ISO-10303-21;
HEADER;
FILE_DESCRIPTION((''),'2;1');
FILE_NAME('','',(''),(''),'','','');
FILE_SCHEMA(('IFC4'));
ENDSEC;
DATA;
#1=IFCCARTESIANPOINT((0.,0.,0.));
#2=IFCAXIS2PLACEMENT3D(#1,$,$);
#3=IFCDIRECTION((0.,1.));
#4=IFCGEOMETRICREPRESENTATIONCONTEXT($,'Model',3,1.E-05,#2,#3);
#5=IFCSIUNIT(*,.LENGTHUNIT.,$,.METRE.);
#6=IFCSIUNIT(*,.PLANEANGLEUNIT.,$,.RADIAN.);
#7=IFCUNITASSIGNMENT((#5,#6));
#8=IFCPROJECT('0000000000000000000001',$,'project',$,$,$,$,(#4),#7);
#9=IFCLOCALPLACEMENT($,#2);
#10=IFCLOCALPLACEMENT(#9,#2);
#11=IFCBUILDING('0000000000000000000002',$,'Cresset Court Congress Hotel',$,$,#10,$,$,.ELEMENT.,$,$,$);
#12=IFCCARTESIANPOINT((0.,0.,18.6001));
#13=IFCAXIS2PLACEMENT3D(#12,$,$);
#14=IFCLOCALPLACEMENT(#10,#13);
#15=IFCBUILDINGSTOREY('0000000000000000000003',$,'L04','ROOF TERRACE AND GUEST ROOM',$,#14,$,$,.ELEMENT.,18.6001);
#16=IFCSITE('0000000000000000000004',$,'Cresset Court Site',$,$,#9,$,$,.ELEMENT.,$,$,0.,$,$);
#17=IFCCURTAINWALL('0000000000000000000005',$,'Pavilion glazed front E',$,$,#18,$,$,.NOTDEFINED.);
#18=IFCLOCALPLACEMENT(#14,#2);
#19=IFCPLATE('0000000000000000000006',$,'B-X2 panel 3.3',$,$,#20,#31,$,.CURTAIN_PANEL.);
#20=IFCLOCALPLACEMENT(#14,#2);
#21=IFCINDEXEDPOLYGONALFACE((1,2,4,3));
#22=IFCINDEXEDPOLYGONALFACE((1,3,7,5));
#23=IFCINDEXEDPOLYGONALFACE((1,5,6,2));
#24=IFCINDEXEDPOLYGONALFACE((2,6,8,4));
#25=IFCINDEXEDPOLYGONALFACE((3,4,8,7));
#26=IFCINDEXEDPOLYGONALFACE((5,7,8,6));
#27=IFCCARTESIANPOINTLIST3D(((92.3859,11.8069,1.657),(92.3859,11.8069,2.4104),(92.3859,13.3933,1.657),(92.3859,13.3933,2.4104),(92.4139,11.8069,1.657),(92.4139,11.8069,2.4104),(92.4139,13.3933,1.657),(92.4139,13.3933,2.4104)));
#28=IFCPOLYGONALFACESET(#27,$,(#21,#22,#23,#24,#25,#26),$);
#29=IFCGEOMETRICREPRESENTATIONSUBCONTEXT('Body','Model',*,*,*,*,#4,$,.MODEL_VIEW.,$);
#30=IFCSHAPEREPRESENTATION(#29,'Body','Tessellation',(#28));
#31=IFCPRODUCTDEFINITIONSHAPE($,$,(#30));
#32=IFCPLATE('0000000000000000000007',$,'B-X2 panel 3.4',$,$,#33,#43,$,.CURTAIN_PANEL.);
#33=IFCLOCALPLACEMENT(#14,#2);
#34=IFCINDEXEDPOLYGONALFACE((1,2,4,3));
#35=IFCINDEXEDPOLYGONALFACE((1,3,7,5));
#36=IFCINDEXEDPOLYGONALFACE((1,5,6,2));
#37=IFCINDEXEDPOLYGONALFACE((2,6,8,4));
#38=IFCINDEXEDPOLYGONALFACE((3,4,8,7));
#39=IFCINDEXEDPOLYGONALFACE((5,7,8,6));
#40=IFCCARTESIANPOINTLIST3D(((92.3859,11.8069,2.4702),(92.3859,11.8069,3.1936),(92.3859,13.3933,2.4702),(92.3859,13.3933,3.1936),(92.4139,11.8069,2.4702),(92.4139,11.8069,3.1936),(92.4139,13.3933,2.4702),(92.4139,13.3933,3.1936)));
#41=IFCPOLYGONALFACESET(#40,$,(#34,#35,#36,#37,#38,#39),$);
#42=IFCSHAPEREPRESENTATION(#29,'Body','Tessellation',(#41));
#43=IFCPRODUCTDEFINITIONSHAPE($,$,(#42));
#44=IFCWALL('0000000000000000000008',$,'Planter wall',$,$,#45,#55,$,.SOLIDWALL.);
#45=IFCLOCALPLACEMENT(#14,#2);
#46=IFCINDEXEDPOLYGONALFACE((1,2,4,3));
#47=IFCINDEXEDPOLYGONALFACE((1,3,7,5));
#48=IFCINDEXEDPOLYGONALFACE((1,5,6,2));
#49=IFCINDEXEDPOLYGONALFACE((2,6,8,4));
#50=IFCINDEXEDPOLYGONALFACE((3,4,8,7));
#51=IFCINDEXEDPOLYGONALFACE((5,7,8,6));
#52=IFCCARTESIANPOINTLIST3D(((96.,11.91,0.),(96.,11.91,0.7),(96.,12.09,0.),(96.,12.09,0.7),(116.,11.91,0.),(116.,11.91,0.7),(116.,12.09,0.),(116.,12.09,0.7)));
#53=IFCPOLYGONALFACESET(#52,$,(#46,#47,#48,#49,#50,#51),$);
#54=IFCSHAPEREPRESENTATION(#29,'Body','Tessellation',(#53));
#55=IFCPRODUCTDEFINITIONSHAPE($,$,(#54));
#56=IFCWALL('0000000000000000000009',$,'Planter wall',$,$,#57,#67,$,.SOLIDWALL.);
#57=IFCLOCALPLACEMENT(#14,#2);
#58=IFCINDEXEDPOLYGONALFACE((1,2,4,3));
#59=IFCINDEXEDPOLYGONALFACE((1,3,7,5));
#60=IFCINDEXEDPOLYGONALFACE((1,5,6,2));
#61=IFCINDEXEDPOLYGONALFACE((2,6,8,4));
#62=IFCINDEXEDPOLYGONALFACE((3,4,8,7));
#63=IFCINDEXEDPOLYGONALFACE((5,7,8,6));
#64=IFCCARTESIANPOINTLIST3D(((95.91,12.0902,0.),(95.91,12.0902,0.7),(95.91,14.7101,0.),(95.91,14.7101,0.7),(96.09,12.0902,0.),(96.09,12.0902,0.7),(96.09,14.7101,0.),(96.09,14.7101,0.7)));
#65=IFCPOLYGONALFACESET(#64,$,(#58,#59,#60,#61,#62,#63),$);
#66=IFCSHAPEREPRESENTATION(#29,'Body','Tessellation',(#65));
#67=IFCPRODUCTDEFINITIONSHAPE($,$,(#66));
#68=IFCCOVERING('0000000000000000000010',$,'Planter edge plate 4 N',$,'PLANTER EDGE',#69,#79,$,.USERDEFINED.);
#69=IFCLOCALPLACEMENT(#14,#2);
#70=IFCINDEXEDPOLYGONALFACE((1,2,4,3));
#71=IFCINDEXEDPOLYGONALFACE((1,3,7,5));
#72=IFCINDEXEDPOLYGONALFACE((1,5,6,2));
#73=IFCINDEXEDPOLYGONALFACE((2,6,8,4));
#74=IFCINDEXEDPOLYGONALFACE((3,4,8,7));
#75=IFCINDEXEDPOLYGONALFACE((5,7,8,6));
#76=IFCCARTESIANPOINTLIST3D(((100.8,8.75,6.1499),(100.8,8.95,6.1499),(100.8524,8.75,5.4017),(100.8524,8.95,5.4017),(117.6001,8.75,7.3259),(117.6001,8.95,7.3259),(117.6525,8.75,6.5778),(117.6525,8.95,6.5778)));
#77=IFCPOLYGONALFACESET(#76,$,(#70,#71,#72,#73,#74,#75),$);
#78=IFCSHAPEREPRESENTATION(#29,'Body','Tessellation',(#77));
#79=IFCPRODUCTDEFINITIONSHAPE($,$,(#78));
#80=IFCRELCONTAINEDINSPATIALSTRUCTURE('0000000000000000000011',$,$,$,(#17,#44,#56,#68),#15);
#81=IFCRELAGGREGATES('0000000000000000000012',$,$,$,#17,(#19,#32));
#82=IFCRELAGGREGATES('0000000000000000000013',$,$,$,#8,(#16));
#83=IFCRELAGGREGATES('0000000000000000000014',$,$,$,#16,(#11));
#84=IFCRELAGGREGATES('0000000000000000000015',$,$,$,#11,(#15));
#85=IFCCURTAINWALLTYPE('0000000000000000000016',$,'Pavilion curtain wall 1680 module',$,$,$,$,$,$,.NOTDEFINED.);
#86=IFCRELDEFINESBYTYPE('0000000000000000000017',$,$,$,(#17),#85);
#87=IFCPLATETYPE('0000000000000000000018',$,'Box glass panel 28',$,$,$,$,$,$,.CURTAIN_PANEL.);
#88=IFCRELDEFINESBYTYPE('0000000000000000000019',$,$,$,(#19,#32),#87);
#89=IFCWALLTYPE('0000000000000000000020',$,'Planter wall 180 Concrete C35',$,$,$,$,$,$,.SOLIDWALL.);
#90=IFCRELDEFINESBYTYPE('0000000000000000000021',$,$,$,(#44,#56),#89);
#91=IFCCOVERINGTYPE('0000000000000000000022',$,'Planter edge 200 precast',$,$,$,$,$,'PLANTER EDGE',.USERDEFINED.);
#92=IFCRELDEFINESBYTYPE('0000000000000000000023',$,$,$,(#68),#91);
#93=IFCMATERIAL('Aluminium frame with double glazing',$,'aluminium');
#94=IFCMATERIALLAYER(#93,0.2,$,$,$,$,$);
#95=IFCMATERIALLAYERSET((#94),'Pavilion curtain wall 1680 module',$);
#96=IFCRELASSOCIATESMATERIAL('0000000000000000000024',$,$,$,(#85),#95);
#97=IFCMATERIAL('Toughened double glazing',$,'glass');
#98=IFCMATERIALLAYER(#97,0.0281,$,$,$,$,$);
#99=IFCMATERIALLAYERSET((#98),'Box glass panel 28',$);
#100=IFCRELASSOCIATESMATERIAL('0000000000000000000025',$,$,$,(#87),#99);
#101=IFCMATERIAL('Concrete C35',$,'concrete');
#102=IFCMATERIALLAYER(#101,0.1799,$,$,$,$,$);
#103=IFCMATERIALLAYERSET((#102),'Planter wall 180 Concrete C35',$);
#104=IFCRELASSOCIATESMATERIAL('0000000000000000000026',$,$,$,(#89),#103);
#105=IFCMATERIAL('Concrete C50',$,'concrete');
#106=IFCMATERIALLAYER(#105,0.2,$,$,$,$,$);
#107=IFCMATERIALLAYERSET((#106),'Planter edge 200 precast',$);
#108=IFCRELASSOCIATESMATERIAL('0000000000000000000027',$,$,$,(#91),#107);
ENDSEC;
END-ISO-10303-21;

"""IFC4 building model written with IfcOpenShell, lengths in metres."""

from ifc_helpers import new_model, si_unit, direction, frame, frame_2d, origin, origin_2d, place, context, subcontext, project, spatial, polyline, rectangle, outline, extrude, material, layer, layer_set, type_object, element, aggregate, save


model = new_model("IFC4")

# Units and contexts
model_context = context("Model", 3, precision=1e-05, world=origin(), true_north=direction((0.0, 1.0)))
body_context = subcontext(model_context, "Body", "Model", "MODEL_VIEW")
ifc_project = project(units=[si_unit("LENGTHUNIT", "METRE"), si_unit("PLANEANGLEUNIT", "RADIAN")], contexts=[model_context])

# Site, building, storey
site_placement = place(None, origin())
site = spatial("IfcSite", under=ifc_project, at=site_placement, Name="Cresset Court Site", CompositionType="ELEMENT", RefElevation=0.0)
building_placement = place(site_placement, origin())
building = spatial("IfcBuilding", under=site, at=building_placement, Name="Cresset Court Congress Hotel", CompositionType="ELEMENT")
storey_placement = place(building_placement, frame((0.0, 0.0, 18.6001)))
storey = spatial("IfcBuildingStorey", under=building, at=storey_placement, Name="L04", Description="ROOF TERRACE AND GUEST ROOM", CompositionType="ELEMENT", Elevation=18.6001)

# Curtain wall
ifc_material_1 = material(Name="Aluminium frame with double glazing", Category="aluminium")
ifc_layer_1 = layer(ifc_material_1, 0.2)
ifc_layer_set_1 = layer_set([ifc_layer_1], Name="Pavilion curtain wall 1680 module")
curtain_wall_type = type_object("IfcCurtainWallType", Name="Pavilion curtain wall 1680 module", PredefinedType="NOTDEFINED", material=ifc_layer_set_1)
curtain_wall_placement = place(storey_placement, origin())
curtain_wall = element("IfcCurtainWall", 1, at=curtain_wall_placement, inside=storey, type_object=curtain_wall_type, Name="Pavilion glazed front E", PredefinedType="NOTDEFINED")

# Plates
ifc_material_2 = material(Name="Toughened double glazing", Category="glass")
ifc_layer_2 = layer(ifc_material_2, 0.0281)
ifc_layer_set_2 = layer_set([ifc_layer_2], Name="Box glass panel 28")
plate_type = type_object("IfcPlateType", Name="Box glass panel 28", PredefinedType="CURTAIN_PANEL", material=ifc_layer_set_2)
plate_1_placement = place(storey_placement, frame((92.3999, 12.6001, 1.657), z_axis=(0.0, 0.0, 1.0), x_axis=(0.0, 1.0, 0.0)))
plate_1 = element("IfcPlate", 2, at=plate_1_placement, type_object=plate_type, Name="B-X2 panel 3.3", PredefinedType="CURTAIN_PANEL", context=body_context, shape_type="SweptSolid", body=[
    extrude(rectangle(XDim=1.5864, YDim=0.0281, at=origin_2d()), origin(), (0.0, 0.0, 1.0), 0.7534),
])
plate_2_placement = place(storey_placement, frame((92.3999, 12.6001, 2.4702), z_axis=(0.0, 0.0, 1.0), x_axis=(0.0, 1.0, 0.0)))
plate_2 = element("IfcPlate", 3, at=plate_2_placement, type_object=plate_type, Name="B-X2 panel 3.4", PredefinedType="CURTAIN_PANEL", context=body_context, shape_type="SweptSolid", body=[
    extrude(rectangle(XDim=1.5864, YDim=0.0281, at=origin_2d()), origin(), (0.0, 0.0, 1.0), 0.7234),
])
aggregate(curtain_wall, [plate_1, plate_2])

# Walls
ifc_material_3 = material(Name="Concrete C35", Category="concrete")
ifc_layer_3 = layer(ifc_material_3, 0.1799)
ifc_layer_set_3 = layer_set([ifc_layer_3], Name="Planter wall 180 Concrete C35")
wall_type = type_object("IfcWallType", Name="Planter wall 180 Concrete C35", PredefinedType="SOLIDWALL", material=ifc_layer_set_3)
wall_1_placement = place(storey_placement, frame((96.0, 12.0, 0.0), z_axis=(0.0, 0.0, 1.0), x_axis=(1.0, 0.0, 0.0)))
element("IfcWall", 4, at=wall_1_placement, inside=storey, type_object=wall_type, Name="Planter wall", PredefinedType="SOLIDWALL", context=body_context, shape_type="SweptSolid", body=[
    extrude(rectangle(XDim=20.0, YDim=0.1799, at=frame_2d((10.0, 0.0))), origin(), (0.0, 0.0, 1.0), 0.7),
])
wall_2_placement = place(storey_placement, frame((96.0, 12.0901, 0.0), z_axis=(0.0, 0.0, 1.0), x_axis=(0.0, 1.0, 0.0)))
element("IfcWall", 5, at=wall_2_placement, inside=storey, type_object=wall_type, Name="Planter wall", PredefinedType="SOLIDWALL", context=body_context, shape_type="SweptSolid", body=[
    extrude(rectangle(XDim=2.6199, YDim=0.1799, at=frame_2d((1.3101, 0.0))), origin(), (0.0, 0.0, 1.0), 0.7),
])

# Covering
ifc_material_4 = material(Name="Concrete C50", Category="concrete")
ifc_layer_4 = layer(ifc_material_4, 0.2)
ifc_layer_set_4 = layer_set([ifc_layer_4], Name="Planter edge 200 precast")
covering_type = type_object("IfcCoveringType", Name="Planter edge 200 precast", ElementType="PLANTER EDGE", PredefinedType="USERDEFINED", material=ifc_layer_set_4)
covering_placement = place(storey_placement, frame((100.8, 8.75, 6.1499), z_axis=(-0.06983, 0.0, 0.997559), x_axis=(0.997559, 0.0, 0.06983)))
element("IfcCovering", 6, at=covering_placement, inside=storey, type_object=covering_type, Name="Planter edge plate 4 N", ObjectType="PLANTER EDGE", PredefinedType="USERDEFINED", context=body_context, shape_type="SweptSolid", body=[
    extrude(outline(polyline([(0.0, 0.0), (16.8412, 0.0), (16.8412, 0.2), (0.0, 0.2), (0.0, 0.0)])), origin(), (0.0, 0.0, -1.0), 0.75),
])

save(model, "model.ifc")
